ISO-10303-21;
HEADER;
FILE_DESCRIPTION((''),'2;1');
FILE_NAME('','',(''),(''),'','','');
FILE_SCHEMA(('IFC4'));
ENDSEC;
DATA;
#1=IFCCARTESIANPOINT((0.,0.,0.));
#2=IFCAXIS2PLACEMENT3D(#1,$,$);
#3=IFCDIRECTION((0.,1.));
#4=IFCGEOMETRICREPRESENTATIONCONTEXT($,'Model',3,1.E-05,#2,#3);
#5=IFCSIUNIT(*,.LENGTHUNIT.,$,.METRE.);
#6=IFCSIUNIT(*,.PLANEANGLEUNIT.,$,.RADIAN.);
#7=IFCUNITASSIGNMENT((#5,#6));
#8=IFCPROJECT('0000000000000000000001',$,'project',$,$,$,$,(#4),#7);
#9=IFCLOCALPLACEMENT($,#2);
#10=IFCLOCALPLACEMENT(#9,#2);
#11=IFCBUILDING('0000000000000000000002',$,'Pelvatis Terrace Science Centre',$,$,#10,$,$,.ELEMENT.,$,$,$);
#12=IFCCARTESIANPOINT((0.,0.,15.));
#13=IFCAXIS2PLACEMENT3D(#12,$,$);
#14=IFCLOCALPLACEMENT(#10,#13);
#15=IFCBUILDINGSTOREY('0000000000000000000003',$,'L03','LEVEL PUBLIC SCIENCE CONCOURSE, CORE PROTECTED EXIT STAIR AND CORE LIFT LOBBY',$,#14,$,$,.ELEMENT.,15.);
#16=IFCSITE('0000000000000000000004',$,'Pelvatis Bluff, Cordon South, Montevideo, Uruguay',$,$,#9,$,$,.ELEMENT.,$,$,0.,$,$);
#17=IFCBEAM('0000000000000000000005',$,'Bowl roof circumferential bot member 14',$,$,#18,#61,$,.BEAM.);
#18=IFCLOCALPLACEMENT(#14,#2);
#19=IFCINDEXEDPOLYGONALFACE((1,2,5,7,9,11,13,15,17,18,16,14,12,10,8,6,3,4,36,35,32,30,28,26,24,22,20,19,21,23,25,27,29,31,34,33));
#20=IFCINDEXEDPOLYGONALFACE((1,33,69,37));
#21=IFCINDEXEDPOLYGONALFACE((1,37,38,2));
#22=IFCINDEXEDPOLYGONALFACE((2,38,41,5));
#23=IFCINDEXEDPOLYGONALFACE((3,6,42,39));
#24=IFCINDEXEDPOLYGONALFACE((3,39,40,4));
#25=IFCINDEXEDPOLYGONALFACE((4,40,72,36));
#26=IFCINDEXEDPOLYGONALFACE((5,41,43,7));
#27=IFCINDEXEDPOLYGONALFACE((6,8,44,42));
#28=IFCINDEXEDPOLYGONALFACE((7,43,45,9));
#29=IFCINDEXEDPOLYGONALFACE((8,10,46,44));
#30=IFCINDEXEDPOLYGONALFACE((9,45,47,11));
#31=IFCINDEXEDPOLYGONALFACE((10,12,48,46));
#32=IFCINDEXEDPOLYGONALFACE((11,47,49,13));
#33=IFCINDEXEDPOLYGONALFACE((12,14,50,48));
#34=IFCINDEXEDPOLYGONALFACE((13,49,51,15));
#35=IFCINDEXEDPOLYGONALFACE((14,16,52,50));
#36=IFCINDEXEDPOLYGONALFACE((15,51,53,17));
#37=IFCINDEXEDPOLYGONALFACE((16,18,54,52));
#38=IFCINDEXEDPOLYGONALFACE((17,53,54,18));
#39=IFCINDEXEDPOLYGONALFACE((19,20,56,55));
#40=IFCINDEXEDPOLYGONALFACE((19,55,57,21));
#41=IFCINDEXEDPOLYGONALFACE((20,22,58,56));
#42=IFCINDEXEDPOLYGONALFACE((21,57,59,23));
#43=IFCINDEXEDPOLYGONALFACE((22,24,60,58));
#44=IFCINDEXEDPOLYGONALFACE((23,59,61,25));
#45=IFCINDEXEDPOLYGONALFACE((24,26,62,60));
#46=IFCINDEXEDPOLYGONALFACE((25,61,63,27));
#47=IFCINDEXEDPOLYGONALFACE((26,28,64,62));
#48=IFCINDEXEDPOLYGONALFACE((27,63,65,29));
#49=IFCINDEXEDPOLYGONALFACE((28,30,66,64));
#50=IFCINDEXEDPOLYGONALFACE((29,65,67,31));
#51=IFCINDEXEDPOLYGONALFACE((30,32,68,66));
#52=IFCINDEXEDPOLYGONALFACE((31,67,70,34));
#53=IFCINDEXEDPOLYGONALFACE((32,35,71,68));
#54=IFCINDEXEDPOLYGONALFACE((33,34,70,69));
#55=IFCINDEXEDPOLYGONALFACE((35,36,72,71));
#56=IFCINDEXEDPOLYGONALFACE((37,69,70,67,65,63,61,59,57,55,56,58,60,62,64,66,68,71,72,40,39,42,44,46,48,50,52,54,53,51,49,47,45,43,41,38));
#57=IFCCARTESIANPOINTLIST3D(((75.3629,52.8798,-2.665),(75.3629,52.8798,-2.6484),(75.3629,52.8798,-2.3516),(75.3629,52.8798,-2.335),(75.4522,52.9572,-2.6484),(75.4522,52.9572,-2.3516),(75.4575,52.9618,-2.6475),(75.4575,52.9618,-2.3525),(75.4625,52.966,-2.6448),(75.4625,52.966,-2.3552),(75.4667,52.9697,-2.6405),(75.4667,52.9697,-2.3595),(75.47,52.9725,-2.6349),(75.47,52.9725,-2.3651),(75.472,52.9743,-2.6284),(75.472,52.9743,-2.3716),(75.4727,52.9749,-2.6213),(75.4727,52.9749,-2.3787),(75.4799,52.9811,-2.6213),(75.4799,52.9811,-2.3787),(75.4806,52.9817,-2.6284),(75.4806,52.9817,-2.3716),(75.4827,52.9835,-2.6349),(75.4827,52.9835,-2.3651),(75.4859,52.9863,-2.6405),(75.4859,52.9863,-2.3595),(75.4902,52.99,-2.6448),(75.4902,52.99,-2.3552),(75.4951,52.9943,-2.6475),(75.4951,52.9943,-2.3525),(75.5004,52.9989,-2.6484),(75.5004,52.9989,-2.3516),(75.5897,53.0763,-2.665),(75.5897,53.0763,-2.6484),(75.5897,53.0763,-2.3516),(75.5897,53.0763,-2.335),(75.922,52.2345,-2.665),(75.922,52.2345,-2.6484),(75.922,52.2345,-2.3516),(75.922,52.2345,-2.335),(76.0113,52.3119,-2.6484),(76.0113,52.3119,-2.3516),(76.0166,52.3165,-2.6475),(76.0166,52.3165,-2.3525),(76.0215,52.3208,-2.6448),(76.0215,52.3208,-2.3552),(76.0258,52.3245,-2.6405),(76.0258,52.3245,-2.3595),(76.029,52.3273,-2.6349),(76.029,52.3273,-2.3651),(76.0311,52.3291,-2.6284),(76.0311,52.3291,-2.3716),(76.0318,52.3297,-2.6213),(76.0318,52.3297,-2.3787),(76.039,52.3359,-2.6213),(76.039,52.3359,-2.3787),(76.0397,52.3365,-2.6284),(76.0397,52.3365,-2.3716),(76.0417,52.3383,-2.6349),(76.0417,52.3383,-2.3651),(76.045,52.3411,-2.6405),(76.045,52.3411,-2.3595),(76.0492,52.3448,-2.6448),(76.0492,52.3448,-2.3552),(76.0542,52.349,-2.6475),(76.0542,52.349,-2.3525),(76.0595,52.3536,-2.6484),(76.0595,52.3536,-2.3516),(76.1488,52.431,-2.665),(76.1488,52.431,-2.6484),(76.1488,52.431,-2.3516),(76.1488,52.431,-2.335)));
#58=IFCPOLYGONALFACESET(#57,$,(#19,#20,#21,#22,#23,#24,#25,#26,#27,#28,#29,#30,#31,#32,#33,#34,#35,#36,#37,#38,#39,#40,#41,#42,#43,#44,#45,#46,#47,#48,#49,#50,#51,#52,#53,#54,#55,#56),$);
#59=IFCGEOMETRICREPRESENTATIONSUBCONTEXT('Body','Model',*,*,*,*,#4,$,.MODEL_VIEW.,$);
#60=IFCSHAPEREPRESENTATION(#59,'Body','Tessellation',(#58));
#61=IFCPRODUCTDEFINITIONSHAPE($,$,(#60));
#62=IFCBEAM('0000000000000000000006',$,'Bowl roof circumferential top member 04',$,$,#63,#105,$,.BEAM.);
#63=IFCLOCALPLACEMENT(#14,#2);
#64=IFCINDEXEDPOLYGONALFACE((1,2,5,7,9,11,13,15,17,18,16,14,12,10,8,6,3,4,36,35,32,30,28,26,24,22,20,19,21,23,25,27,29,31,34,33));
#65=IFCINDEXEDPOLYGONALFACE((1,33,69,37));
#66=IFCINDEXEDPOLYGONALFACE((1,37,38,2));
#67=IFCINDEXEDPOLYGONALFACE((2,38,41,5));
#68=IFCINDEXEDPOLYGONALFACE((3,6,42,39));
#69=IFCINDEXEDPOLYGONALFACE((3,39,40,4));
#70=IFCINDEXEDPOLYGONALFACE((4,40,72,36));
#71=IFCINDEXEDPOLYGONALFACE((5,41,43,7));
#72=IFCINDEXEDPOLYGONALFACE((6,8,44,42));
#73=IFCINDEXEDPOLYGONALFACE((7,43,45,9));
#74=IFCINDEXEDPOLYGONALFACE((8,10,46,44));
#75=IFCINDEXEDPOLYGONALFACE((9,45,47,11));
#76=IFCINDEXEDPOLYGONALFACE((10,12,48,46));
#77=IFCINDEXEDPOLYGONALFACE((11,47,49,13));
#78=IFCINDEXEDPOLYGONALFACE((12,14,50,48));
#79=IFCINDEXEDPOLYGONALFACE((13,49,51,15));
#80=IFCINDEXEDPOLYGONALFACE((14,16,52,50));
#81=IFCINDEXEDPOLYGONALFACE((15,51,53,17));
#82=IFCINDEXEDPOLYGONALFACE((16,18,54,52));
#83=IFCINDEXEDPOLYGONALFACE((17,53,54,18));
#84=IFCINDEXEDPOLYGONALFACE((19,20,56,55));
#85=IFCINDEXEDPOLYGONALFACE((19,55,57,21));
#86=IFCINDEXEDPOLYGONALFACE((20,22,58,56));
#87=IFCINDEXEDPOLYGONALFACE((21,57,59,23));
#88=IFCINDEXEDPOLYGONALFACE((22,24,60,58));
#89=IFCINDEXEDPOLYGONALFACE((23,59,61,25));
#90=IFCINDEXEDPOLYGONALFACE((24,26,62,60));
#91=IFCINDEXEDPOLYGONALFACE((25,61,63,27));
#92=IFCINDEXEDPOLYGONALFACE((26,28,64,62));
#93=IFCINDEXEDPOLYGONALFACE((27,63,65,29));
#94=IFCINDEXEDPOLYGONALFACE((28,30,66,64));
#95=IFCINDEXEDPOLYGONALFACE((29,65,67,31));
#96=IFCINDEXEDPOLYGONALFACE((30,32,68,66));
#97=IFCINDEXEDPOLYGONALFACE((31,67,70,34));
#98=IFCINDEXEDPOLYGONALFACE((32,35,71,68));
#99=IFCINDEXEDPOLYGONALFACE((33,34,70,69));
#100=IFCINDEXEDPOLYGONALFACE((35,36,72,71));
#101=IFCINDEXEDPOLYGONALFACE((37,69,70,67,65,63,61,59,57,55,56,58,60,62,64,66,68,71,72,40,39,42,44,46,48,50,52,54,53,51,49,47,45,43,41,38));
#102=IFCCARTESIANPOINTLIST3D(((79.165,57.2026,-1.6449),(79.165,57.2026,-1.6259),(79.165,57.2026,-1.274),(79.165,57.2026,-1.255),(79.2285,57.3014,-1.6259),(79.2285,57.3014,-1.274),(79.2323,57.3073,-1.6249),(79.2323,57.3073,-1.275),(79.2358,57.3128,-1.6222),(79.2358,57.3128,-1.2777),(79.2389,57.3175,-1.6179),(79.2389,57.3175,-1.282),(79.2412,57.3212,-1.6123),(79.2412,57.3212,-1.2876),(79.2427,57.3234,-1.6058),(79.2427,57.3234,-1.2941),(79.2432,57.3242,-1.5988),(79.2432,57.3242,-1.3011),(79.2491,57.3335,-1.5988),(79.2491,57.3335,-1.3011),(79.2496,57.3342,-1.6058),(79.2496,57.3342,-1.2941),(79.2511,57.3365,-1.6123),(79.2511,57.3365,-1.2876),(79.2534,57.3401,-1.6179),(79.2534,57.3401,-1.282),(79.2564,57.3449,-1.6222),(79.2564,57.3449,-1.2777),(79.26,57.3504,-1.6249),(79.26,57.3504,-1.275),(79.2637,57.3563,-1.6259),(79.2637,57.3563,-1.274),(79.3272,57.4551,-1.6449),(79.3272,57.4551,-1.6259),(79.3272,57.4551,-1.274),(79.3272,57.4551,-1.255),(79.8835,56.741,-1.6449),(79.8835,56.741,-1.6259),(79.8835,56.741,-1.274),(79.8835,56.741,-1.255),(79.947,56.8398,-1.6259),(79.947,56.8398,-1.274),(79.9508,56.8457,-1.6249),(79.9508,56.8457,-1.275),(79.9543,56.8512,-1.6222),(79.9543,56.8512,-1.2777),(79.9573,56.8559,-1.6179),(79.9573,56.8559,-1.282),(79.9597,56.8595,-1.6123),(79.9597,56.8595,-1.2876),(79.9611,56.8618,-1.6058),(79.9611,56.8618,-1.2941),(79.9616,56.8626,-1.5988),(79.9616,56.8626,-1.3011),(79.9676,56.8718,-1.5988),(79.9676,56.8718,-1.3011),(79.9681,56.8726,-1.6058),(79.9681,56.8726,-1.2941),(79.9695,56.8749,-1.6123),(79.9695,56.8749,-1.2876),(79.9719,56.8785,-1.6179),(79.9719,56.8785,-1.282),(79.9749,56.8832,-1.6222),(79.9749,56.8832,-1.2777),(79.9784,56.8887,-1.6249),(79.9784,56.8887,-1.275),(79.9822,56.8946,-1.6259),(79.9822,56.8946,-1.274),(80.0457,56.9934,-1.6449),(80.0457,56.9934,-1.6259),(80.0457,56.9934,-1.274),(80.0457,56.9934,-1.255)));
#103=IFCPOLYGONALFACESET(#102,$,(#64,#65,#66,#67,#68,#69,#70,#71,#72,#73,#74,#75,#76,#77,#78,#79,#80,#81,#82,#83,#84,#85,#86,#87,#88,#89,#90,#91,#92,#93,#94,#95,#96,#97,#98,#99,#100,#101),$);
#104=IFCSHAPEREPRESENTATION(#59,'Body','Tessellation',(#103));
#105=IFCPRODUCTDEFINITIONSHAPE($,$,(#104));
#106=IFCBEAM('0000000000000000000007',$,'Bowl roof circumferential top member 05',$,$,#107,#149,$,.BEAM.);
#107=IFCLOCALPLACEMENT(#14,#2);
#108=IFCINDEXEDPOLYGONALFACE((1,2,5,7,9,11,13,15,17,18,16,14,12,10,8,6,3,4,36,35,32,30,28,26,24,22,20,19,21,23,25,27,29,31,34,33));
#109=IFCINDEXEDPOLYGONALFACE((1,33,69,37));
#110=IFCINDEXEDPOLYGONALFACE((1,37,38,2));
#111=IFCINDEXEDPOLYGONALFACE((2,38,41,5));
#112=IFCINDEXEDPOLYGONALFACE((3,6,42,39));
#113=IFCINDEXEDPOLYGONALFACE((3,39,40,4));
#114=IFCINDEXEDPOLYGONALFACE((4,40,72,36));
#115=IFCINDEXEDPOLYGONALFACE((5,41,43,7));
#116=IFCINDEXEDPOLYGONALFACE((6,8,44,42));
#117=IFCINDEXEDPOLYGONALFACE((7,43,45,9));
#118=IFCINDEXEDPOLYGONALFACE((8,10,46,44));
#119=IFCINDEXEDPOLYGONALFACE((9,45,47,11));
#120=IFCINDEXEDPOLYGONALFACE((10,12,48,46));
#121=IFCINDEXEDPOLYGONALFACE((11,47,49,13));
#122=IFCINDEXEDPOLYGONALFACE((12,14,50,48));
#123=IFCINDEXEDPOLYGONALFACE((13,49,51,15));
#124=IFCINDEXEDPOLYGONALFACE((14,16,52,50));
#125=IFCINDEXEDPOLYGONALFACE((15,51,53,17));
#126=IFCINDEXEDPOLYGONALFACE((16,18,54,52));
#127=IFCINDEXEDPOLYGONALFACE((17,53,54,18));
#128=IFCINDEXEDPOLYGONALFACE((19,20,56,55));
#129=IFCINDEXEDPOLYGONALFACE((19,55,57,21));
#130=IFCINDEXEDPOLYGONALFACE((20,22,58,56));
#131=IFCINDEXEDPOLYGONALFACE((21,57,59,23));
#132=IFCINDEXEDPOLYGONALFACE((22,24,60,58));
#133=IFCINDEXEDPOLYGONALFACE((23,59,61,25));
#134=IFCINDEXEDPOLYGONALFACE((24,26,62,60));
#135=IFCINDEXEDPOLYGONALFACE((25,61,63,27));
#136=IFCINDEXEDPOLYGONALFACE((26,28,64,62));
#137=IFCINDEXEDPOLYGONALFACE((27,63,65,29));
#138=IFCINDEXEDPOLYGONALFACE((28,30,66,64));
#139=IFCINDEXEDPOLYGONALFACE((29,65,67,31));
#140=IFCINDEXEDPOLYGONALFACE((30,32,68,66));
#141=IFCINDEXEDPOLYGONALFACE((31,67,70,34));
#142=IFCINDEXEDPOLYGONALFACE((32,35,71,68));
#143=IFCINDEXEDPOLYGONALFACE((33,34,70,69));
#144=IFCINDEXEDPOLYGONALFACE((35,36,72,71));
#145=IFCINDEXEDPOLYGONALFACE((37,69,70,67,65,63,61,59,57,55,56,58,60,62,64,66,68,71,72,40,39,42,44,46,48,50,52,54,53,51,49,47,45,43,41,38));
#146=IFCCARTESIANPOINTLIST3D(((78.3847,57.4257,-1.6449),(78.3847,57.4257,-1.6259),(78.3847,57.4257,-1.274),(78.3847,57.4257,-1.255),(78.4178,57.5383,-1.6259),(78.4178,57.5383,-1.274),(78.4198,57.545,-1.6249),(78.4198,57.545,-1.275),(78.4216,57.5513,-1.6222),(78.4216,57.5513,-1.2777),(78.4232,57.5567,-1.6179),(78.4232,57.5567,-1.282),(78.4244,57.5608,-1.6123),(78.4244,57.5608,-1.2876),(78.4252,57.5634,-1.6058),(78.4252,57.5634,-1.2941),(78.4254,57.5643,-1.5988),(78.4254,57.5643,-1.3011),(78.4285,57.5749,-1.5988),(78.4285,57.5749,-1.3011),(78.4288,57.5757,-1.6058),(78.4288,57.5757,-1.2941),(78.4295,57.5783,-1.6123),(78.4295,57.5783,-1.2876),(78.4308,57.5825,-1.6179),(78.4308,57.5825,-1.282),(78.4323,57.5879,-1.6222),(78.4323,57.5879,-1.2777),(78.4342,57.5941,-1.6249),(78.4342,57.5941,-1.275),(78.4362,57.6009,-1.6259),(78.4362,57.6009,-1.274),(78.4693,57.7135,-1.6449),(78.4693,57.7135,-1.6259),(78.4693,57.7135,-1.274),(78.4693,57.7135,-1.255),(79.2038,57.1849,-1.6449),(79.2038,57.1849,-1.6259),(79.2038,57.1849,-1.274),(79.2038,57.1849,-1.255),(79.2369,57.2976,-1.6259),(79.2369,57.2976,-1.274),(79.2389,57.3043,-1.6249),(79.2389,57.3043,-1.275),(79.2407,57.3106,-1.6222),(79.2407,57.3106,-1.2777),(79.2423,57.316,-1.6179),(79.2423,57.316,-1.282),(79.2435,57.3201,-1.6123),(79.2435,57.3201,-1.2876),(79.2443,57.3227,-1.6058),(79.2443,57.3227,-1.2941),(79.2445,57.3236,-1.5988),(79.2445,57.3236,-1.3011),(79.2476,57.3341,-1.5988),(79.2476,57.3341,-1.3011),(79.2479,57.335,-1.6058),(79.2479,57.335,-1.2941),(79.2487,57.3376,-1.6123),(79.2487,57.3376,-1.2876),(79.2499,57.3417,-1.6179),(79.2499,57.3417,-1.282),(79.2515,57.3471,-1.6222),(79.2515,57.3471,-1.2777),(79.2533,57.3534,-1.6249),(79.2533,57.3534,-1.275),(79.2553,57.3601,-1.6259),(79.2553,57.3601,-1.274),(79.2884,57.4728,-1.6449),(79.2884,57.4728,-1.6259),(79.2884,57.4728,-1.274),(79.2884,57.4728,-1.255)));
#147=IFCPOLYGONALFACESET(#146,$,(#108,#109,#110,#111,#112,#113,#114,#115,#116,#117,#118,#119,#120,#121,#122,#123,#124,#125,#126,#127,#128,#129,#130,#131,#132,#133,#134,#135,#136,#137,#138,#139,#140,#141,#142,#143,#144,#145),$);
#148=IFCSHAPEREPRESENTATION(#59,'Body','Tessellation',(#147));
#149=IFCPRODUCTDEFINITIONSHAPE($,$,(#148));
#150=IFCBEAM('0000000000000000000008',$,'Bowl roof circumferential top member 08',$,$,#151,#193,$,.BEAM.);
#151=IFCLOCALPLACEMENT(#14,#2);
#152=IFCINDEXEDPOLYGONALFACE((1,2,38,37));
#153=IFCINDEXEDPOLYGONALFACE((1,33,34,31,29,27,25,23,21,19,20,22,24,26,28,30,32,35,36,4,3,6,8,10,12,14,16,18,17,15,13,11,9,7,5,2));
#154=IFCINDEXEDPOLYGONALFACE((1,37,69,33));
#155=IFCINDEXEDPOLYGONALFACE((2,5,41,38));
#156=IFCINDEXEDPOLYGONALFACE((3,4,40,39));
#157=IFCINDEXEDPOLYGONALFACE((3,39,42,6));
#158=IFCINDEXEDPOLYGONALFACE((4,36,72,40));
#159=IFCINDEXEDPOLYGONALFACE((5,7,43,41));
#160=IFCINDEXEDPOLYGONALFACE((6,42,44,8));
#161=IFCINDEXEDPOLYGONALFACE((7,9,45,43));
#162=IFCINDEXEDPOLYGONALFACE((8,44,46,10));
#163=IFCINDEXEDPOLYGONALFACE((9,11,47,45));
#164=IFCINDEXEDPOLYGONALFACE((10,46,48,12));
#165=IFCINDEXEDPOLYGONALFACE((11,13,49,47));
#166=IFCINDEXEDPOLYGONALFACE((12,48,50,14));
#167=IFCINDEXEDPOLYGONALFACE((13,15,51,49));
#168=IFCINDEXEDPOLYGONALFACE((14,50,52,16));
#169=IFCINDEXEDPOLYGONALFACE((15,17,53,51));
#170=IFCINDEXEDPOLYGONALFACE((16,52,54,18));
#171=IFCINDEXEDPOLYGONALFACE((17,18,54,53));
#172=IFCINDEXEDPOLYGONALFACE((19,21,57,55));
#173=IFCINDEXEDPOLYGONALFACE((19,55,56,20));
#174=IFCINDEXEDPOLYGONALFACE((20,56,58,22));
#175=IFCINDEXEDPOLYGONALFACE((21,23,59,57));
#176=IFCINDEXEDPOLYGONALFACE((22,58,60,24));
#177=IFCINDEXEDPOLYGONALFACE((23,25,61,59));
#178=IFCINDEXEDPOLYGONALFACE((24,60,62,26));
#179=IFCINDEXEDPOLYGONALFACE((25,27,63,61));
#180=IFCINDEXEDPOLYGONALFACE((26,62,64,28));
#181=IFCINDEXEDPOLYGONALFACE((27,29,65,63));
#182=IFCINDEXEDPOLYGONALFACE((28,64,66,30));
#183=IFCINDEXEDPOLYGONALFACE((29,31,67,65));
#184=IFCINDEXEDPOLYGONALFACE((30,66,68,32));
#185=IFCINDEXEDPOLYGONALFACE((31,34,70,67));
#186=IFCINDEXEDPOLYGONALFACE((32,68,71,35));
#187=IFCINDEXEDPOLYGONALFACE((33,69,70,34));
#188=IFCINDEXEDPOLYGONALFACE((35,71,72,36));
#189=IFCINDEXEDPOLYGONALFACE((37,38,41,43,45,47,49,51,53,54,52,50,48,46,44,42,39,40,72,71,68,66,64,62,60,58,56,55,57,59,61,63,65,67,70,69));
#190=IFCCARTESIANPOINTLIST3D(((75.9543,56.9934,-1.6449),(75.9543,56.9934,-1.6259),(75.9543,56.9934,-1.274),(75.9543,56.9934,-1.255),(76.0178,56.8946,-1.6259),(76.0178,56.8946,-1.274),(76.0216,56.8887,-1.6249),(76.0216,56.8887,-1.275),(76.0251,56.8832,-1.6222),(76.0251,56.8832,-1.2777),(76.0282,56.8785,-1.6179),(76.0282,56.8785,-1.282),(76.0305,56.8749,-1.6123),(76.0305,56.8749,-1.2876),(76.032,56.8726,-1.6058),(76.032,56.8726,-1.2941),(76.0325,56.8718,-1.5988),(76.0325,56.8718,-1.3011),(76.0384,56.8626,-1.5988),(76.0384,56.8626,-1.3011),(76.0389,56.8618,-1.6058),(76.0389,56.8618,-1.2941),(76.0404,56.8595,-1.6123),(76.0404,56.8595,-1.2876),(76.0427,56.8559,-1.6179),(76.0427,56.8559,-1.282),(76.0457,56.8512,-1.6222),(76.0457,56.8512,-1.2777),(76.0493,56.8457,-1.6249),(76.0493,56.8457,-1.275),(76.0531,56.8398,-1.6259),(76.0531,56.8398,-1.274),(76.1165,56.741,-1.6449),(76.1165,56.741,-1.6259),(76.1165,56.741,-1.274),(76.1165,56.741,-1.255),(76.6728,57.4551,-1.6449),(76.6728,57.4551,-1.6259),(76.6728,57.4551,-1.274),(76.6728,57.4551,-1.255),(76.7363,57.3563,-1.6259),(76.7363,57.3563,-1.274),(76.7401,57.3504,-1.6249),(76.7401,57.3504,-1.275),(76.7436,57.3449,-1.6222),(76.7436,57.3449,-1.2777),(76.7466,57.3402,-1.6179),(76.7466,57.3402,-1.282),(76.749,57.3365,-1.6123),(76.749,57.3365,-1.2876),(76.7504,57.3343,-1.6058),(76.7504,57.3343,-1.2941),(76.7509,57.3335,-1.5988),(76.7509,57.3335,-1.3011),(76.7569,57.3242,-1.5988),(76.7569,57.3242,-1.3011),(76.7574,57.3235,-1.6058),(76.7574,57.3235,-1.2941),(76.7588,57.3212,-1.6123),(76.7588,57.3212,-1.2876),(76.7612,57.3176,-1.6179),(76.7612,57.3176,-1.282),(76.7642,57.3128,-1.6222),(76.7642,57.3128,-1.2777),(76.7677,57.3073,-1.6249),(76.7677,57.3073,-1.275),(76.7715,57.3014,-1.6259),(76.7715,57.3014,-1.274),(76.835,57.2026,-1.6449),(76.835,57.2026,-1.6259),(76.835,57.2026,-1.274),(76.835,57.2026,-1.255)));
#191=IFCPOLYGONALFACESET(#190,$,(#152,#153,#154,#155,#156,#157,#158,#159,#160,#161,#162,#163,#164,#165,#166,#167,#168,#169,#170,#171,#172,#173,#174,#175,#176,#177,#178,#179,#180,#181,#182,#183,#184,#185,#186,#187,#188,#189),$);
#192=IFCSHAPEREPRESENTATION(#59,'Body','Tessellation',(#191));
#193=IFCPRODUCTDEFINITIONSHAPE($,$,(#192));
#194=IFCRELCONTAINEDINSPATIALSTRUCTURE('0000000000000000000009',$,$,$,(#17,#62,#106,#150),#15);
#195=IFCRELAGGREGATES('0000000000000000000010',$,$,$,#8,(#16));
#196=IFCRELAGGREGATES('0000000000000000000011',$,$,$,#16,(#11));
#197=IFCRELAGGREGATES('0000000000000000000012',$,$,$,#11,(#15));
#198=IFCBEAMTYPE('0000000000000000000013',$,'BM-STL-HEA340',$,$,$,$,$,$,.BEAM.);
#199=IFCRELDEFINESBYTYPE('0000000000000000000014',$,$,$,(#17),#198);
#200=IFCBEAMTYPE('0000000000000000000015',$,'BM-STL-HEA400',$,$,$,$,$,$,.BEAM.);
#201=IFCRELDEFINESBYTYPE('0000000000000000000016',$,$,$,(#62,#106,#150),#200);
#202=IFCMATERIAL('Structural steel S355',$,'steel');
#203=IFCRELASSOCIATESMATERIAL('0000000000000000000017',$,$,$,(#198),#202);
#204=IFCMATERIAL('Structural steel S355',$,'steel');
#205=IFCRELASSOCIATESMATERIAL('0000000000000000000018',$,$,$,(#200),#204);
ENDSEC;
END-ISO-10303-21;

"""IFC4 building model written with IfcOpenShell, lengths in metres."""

from ifc_helpers import new_model, si_unit, direction, frame, origin, origin_2d, place, context, subcontext, project, spatial, i_section, extrude, material, material_profile, profile_set, type_object, element, save


model = new_model("IFC4")

# Units and contexts
model_context = context("Model", 3, precision=1e-05, world=origin(), true_north=direction((0.0, 1.0)))
body_context = subcontext(model_context, "Body", "Model", "MODEL_VIEW")
ifc_project = project(units=[si_unit("LENGTHUNIT", "METRE"), si_unit("PLANEANGLEUNIT", "RADIAN")], contexts=[model_context])

# Site, building, storey
site_placement = place(None, origin())
site = spatial("IfcSite", under=ifc_project, at=site_placement, Name="Pelvatis Bluff, Cordon South, Montevideo, Uruguay", CompositionType="ELEMENT", RefElevation=0.0)
building_placement = place(site_placement, origin())
building = spatial("IfcBuilding", under=site, at=building_placement, Name="Pelvatis Terrace Science Centre", CompositionType="ELEMENT")
storey_placement = place(building_placement, frame((0.0, 0.0, 15.0)))
storey = spatial("IfcBuildingStorey", under=building, at=storey_placement, Name="L03", Description="LEVEL PUBLIC SCIENCE CONCOURSE, CORE PROTECTED EXIT STAIR AND CORE LIFT LOBBY", CompositionType="ELEMENT", Elevation=15.0)

# Beams
ifc_material_1 = material(Name="Structural steel S355", Category="steel")
ifc_material_profile_1 = material_profile(ifc_material_1, i_section(OverallWidth=0.3, OverallDepth=0.3301, WebThickness=0.0095, FlangeThickness=0.0166, FilletRadius=0.0271, at=origin_2d()), Name="HEA 340")
ifc_profile_set_1 = profile_set([ifc_material_profile_1], Name="Structural steel S355")
beam_type_1 = type_object("IfcBeamType", Name="BM-STL-HEA340", PredefinedType="BEAM", material=ifc_profile_set_1)
beam_1_placement = place(storey_placement, frame((75.4763, 52.978, -2.5), z_axis=(0.654833, -0.755774, 0.0), x_axis=(0.755774, 0.654833, 0.0)))
element("IfcBeam", 1, at=beam_1_placement, inside=storey, type_object=beam_type_1, Name="Bowl roof circumferential bot member 14", PredefinedType="BEAM", context=body_context, shape_type="SweptSolid", body=[
    extrude(i_section(OverallWidth=0.3, OverallDepth=0.3301, WebThickness=0.0095, FlangeThickness=0.0166, FilletRadius=0.0271, at=origin_2d()), origin(), (0.0, 0.0, 1.0), 0.8538),
])
ifc_material_2 = material(Name="Structural steel S355", Category="steel")
ifc_material_profile_2 = material_profile(ifc_material_2, i_section(OverallWidth=0.3, OverallDepth=0.3899, WebThickness=0.011, FlangeThickness=0.019, FilletRadius=0.0271, at=origin_2d()), Name="HEA 400")
ifc_profile_set_2 = profile_set([ifc_material_profile_2], Name="Structural steel S355")
beam_type_2 = type_object("IfcBeamType", Name="BM-STL-HEA400", PredefinedType="BEAM", material=ifc_profile_set_2)
beam_2_placement = place(storey_placement, frame((79.9646, 56.8672, -1.45), z_axis=(-0.841299, 0.54057, 0.0), x_axis=(-0.54057, -0.841299, 0.0)))
element("IfcBeam", 2, at=beam_2_placement, inside=storey, type_object=beam_type_2, Name="Bowl roof circumferential top member 04", PredefinedType="BEAM", context=body_context, shape_type="SweptSolid", body=[
    extrude(i_section(OverallWidth=0.3, OverallDepth=0.3899, WebThickness=0.011, FlangeThickness=0.019, FilletRadius=0.0271, at=origin_2d()), origin(), (0.0, 0.0, 1.0), 0.854),
])
beam_3_placement = place(storey_placement, frame((79.2461, 57.3289, -1.45), z_axis=(-0.959425, 0.281965, 0.0), x_axis=(-0.281965, -0.959425, 0.0)))
element("IfcBeam", 3, at=beam_3_placement, inside=storey, type_object=beam_type_2, Name="Bowl roof circumferential top member 05", PredefinedType="BEAM", context=body_context, shape_type="SweptSolid", body=[
    extrude(i_section(OverallWidth=0.3, OverallDepth=0.3899, WebThickness=0.011, FlangeThickness=0.019, FilletRadius=0.0271, at=origin_2d()), origin(), (0.0, 0.0, 1.0), 0.8538),
])
beam_4_placement = place(storey_placement, frame((76.7539, 57.3289, -1.45), z_axis=(-0.841299, -0.54057, 0.0), x_axis=(0.54057, -0.841299, 0.0)))
element("IfcBeam", 4, at=beam_4_placement, inside=storey, type_object=beam_type_2, Name="Bowl roof circumferential top member 08", PredefinedType="BEAM", context=body_context, shape_type="SweptSolid", body=[
    extrude(i_section(OverallWidth=0.3, OverallDepth=0.3899, WebThickness=0.011, FlangeThickness=0.019, FilletRadius=0.0271, at=origin_2d()), origin(), (0.0, 0.0, 1.0), 0.854),
])

save(model, "model.ifc")
